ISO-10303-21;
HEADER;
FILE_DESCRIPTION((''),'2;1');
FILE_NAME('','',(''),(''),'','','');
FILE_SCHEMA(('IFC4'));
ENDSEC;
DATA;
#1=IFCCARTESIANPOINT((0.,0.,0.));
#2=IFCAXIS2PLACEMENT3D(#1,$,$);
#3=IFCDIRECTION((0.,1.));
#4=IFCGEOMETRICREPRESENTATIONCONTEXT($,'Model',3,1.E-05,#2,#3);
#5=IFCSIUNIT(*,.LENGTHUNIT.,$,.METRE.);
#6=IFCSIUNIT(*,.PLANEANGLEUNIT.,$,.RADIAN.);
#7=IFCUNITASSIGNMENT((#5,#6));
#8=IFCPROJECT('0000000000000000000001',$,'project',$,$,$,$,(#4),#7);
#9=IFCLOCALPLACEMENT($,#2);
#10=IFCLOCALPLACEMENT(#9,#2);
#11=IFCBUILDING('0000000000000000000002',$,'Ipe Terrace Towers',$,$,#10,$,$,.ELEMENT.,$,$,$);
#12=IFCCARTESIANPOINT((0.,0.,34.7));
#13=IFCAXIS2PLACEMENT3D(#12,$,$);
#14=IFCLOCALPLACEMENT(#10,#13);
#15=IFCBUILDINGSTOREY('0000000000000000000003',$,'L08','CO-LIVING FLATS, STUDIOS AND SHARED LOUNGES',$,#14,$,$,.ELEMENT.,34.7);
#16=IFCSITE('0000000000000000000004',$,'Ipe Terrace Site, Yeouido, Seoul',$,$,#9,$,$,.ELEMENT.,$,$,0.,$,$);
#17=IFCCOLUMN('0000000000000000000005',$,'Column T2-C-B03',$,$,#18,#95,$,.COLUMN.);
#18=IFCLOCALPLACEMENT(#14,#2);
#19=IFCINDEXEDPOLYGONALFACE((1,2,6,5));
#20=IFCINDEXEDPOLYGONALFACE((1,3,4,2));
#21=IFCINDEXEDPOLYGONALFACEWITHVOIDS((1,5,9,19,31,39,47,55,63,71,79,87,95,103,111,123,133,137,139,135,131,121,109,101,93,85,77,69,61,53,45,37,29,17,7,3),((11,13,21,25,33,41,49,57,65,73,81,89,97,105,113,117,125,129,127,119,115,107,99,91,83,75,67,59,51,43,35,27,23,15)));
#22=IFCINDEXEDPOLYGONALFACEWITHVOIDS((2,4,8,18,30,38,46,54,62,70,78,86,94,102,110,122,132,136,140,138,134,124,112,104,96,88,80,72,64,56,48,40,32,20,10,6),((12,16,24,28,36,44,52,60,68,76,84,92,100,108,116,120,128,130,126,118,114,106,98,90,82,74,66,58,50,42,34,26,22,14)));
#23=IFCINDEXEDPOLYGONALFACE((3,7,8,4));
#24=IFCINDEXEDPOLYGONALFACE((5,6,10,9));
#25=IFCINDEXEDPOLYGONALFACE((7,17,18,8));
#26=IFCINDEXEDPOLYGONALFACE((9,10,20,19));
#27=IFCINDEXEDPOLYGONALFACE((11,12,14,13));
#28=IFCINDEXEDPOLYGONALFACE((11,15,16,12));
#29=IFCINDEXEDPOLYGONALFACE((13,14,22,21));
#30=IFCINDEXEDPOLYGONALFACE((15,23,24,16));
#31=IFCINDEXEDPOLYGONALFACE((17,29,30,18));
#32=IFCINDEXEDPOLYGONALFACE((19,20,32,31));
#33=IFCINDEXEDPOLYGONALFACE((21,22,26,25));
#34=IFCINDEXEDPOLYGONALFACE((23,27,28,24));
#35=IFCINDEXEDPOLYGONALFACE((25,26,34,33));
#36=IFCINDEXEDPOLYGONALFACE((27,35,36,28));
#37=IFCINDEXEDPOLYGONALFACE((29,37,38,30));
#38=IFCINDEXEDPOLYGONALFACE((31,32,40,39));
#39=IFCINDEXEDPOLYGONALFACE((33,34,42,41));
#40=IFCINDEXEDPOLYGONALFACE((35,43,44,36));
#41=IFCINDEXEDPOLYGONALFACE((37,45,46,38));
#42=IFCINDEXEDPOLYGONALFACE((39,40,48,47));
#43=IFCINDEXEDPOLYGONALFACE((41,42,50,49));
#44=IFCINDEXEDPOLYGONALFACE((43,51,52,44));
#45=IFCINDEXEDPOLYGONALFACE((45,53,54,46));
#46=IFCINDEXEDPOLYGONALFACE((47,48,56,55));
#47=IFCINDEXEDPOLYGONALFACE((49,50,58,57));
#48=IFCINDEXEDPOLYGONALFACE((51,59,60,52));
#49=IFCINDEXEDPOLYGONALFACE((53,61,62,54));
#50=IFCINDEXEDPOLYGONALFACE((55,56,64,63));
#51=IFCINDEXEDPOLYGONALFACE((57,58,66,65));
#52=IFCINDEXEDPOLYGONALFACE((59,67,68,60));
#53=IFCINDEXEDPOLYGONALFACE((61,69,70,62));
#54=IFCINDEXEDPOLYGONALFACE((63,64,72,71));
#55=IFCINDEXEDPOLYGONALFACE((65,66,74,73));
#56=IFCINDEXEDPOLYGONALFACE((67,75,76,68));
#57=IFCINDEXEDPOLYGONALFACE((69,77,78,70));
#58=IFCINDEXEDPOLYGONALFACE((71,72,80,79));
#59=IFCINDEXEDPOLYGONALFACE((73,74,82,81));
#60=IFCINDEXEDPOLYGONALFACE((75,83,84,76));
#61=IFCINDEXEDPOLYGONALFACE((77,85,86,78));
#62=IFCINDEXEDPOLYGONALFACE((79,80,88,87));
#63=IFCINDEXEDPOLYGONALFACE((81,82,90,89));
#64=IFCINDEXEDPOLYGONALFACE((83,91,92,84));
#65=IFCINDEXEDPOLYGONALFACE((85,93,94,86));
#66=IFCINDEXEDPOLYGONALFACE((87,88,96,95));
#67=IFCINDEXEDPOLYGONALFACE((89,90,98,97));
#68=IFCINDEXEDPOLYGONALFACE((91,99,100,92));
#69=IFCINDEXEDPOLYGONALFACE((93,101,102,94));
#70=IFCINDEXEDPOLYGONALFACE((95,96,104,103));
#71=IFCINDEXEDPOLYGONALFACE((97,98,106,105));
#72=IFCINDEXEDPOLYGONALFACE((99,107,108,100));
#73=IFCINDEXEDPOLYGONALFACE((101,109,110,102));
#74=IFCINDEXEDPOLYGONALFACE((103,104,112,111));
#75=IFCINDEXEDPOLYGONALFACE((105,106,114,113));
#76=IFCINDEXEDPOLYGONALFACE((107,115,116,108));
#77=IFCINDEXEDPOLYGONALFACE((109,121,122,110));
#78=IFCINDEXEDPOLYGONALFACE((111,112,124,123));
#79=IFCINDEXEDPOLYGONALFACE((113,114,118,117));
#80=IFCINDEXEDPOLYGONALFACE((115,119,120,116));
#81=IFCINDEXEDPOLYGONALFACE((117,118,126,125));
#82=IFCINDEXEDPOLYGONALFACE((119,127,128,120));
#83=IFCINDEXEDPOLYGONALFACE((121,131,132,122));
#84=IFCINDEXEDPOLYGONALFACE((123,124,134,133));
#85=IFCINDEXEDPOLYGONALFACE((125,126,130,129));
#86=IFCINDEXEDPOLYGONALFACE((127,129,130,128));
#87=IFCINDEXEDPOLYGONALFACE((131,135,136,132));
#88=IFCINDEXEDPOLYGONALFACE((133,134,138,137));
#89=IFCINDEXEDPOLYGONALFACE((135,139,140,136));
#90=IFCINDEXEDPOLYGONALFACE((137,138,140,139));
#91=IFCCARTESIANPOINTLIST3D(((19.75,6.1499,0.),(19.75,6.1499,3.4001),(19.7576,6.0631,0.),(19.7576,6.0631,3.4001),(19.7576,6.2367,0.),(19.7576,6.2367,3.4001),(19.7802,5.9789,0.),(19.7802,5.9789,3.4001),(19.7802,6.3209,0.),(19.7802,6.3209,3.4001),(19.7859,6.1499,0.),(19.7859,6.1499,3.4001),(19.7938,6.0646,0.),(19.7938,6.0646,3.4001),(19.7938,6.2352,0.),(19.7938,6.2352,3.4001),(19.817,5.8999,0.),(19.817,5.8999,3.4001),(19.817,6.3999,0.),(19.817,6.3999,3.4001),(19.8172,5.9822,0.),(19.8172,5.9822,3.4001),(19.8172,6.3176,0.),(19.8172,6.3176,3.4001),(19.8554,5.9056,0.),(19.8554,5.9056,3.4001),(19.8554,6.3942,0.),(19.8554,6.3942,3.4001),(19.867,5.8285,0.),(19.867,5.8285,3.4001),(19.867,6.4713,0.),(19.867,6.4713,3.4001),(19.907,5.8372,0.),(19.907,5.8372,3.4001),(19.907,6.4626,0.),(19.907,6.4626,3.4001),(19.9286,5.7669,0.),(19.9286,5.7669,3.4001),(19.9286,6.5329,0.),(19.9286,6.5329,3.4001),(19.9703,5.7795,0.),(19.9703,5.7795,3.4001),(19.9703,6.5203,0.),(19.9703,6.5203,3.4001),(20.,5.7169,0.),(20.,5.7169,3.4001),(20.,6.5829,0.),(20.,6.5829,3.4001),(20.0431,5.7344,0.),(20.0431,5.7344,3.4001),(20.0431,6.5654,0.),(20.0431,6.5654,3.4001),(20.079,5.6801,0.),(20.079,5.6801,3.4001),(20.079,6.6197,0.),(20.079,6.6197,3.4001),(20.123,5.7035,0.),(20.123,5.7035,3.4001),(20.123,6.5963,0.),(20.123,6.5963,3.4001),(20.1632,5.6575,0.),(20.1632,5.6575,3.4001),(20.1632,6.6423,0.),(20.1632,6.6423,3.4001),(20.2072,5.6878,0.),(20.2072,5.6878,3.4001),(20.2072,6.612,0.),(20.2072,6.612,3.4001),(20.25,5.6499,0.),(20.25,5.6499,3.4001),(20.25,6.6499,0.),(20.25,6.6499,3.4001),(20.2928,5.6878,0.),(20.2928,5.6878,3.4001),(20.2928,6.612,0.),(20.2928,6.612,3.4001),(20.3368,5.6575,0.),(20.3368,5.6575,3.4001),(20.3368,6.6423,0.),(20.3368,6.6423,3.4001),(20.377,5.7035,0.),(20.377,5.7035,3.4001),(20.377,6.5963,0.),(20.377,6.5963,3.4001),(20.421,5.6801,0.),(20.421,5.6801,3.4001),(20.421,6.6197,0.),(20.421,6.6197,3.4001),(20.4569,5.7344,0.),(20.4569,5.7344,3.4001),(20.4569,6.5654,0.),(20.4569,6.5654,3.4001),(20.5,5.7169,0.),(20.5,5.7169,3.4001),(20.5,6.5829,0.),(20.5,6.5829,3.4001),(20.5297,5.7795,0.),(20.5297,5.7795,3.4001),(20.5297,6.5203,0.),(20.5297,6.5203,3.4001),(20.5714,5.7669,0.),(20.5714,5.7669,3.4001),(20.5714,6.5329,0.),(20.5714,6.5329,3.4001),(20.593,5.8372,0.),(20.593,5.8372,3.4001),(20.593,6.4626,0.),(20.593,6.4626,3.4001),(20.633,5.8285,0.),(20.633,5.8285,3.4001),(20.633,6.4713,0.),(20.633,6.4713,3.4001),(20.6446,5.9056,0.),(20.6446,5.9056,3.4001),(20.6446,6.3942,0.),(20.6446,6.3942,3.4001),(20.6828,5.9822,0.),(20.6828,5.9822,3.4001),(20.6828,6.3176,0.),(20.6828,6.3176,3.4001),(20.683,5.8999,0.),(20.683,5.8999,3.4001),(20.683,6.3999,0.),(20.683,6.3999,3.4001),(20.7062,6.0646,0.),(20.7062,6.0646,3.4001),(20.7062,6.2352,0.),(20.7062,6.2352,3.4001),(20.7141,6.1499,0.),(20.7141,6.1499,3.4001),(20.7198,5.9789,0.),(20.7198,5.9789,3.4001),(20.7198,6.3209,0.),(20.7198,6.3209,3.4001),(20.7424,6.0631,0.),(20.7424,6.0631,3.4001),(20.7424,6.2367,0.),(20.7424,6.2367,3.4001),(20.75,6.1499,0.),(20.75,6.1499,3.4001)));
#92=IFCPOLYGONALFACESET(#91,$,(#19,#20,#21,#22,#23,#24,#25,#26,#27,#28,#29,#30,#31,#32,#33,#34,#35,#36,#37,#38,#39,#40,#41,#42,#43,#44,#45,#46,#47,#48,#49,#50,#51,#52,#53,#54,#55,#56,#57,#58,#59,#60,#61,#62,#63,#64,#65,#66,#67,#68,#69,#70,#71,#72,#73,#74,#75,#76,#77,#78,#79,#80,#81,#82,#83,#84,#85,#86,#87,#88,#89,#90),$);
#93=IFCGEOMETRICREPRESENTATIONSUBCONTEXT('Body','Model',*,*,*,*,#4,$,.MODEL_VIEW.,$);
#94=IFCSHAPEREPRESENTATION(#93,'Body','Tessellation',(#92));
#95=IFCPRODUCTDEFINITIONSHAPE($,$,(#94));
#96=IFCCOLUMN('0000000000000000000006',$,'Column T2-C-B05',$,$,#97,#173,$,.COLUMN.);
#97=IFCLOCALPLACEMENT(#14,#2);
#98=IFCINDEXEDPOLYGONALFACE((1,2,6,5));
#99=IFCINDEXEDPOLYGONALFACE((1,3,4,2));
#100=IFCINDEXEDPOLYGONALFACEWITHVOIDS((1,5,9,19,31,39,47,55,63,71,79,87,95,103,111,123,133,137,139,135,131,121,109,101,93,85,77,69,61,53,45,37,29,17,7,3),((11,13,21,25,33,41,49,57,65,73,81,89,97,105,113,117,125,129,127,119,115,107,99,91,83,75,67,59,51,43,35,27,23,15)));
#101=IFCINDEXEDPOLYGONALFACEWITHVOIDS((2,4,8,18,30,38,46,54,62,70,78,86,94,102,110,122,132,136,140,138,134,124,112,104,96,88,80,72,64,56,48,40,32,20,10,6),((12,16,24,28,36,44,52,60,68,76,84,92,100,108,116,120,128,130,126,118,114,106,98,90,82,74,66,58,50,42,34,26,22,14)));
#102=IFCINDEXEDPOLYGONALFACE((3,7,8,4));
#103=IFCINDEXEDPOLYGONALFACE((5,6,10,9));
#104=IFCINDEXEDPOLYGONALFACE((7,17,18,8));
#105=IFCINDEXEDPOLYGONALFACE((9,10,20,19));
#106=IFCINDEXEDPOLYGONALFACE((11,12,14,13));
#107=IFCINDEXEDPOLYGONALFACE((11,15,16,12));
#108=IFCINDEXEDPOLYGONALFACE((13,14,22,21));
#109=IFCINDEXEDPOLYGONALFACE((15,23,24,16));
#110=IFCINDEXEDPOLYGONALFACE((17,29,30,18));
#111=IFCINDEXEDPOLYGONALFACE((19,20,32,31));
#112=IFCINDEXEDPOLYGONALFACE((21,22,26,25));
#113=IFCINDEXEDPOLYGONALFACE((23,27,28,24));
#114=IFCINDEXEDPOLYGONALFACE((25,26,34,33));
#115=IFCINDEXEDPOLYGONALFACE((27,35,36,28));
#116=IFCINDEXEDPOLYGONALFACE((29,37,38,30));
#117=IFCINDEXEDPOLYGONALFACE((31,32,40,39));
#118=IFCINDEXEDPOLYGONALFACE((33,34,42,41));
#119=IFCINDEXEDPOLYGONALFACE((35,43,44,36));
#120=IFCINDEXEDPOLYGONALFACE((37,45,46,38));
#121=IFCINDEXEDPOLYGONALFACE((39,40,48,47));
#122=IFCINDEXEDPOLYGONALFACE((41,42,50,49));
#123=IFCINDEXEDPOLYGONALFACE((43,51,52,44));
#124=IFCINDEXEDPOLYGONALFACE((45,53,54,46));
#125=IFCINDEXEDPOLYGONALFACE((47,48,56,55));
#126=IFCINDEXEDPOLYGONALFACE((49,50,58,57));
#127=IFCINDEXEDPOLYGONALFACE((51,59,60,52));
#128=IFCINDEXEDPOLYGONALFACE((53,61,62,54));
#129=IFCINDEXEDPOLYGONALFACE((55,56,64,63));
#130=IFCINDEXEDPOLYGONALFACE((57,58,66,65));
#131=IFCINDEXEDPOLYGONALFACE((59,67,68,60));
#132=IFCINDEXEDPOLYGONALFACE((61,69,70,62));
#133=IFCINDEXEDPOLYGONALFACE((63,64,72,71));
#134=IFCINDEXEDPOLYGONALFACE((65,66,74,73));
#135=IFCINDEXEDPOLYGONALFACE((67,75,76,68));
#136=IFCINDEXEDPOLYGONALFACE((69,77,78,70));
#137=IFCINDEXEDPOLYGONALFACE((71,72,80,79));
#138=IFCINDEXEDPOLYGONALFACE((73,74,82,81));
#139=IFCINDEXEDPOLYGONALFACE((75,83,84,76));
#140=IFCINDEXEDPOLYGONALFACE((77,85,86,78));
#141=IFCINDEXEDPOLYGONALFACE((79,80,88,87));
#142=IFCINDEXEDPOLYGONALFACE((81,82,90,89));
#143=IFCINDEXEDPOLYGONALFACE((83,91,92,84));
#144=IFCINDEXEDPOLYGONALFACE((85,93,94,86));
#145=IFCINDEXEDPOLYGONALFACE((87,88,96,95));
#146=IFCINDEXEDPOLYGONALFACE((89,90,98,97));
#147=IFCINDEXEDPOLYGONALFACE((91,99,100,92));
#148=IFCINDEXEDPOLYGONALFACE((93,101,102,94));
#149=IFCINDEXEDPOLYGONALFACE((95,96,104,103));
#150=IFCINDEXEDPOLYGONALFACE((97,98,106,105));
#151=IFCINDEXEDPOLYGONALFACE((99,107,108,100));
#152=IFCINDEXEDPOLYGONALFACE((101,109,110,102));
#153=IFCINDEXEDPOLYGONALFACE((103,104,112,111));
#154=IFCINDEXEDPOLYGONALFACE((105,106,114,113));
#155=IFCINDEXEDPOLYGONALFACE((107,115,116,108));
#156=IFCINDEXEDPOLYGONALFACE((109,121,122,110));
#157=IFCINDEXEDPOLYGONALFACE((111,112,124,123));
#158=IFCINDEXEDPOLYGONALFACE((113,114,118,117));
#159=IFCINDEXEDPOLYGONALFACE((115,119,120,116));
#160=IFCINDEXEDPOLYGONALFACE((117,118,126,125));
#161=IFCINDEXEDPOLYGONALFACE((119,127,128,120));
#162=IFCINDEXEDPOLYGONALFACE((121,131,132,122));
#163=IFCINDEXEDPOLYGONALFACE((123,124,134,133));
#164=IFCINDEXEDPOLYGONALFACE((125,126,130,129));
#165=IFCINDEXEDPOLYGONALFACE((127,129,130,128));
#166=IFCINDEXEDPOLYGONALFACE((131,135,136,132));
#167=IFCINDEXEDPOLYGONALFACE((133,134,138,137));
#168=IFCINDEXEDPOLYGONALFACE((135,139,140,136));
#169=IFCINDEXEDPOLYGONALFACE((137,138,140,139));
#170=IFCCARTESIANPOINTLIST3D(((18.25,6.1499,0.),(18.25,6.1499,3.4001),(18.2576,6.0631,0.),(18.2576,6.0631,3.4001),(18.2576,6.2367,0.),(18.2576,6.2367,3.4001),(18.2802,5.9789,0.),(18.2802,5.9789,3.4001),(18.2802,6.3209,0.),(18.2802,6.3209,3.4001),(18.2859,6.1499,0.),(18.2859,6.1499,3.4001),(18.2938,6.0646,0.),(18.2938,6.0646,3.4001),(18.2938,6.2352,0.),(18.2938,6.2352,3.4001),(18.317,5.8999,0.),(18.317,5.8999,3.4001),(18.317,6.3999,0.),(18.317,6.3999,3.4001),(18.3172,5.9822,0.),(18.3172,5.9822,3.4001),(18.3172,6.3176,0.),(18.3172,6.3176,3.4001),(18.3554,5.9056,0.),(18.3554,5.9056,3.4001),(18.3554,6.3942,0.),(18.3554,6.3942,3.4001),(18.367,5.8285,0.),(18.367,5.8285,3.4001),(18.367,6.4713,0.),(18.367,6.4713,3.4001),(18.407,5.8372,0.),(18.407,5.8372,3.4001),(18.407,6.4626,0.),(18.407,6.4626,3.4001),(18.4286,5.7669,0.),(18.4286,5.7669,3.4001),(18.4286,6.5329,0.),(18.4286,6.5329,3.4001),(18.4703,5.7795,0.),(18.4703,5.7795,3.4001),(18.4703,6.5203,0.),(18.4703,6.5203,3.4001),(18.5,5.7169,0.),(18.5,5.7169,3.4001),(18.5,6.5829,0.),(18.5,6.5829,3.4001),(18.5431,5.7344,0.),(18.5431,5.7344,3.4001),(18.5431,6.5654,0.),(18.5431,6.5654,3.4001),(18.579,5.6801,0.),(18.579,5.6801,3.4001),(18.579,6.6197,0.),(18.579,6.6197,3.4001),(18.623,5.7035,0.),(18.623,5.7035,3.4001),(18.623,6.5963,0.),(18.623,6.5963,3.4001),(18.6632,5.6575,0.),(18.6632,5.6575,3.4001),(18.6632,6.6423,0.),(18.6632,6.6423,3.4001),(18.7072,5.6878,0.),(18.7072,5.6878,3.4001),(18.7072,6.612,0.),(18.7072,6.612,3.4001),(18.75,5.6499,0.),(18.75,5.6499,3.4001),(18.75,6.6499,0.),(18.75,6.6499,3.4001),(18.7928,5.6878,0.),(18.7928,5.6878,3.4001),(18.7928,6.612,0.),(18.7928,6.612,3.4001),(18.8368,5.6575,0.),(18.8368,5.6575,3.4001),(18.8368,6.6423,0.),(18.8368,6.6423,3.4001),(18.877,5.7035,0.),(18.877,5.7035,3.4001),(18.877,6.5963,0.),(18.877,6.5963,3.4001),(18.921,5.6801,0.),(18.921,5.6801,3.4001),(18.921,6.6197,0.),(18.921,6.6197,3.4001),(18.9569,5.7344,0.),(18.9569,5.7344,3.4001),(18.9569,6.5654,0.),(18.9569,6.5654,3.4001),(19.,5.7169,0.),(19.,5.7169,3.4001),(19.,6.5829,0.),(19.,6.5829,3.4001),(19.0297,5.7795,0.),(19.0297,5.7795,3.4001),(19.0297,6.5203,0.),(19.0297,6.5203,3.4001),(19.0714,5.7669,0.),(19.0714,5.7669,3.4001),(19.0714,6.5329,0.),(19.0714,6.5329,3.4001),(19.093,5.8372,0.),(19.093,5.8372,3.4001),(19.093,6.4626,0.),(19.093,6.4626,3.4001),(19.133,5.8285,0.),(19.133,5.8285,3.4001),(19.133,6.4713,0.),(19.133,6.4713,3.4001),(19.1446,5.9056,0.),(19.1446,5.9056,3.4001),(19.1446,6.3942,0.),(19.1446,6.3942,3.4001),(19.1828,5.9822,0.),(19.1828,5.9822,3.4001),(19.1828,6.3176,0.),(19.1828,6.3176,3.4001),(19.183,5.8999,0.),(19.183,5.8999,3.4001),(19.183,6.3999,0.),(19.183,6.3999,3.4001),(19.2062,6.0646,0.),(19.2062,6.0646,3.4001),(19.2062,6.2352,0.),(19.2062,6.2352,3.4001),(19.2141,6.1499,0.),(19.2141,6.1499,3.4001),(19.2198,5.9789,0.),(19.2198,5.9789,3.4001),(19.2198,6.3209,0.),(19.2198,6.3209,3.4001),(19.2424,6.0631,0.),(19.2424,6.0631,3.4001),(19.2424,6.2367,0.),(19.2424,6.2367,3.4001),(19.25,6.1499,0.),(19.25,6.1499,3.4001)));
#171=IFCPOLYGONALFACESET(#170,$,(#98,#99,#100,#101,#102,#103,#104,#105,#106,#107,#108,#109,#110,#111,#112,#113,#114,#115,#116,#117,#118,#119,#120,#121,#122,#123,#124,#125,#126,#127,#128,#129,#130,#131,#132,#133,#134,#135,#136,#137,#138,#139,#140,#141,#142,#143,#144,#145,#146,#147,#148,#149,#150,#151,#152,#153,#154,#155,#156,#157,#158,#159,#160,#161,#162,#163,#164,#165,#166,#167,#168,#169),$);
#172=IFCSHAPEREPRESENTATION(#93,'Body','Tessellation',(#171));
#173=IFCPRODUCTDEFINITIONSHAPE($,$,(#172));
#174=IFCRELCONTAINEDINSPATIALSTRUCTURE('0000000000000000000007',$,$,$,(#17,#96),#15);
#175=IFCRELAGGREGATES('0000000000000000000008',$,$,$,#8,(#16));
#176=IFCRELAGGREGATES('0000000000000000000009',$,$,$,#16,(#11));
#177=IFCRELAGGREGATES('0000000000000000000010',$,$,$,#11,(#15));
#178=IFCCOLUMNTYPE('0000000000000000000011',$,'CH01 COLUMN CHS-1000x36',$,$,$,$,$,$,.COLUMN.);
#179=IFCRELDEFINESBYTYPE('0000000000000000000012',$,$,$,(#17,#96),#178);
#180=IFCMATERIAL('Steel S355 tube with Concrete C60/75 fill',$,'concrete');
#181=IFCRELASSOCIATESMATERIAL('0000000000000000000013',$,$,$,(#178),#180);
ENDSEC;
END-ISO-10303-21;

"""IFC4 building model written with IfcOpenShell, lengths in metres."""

from ifc_helpers import new_model, si_unit, direction, frame, origin, origin_2d, place, context, subcontext, project, spatial, hollow_circle, extrude, material, material_profile, profile_set, type_object, element, save


model = new_model("IFC4")

# Units and contexts
model_context = context("Model", 3, precision=1e-05, world=origin(), true_north=direction((0.0, 1.0)))
body_context = subcontext(model_context, "Body", "Model", "MODEL_VIEW")
ifc_project = project(units=[si_unit("LENGTHUNIT", "METRE"), si_unit("PLANEANGLEUNIT", "RADIAN")], contexts=[model_context])

# Site, building, storey
site_placement = place(None, origin())
site = spatial("IfcSite", under=ifc_project, at=site_placement, Name="Ipe Terrace Site, Yeouido, Seoul", CompositionType="ELEMENT", RefElevation=0.0)
building_placement = place(site_placement, origin())
building = spatial("IfcBuilding", under=site, at=building_placement, Name="Ipe Terrace Towers", CompositionType="ELEMENT")
storey_placement = place(building_placement, frame((0.0, 0.0, 34.7)))
storey = spatial("IfcBuildingStorey", under=building, at=storey_placement, Name="L08", Description="CO-LIVING FLATS, STUDIOS AND SHARED LOUNGES", CompositionType="ELEMENT", Elevation=34.7)

# Columns
ifc_material_1 = material(Name="Steel S355 tube with Concrete C60/75 fill", Category="concrete")
ifc_material_profile_1 = material_profile(ifc_material_1, hollow_circle(Radius=0.5, WallThickness=0.0359, at=origin_2d()), Name="CHS-1000x36")
ifc_profile_set_1 = profile_set([ifc_material_profile_1], Name="Steel S355 tube with Concrete C60/75 fill")
column_type = type_object("IfcColumnType", Name="CH01 COLUMN CHS-1000x36", PredefinedType="COLUMN", material=ifc_profile_set_1)
for number, where, z_axis, x_axis, name in (
    (1, (20.25, 6.1499, 0.0), (0.0, 0.0, 1.0), (1.0, 0.0, 0.0), "Column T2-C-B03"),
    (2, (18.75, 6.1499, 0.0), (0.0, 0.0, 1.0), (1.0, 0.0, 0.0), "Column T2-C-B05"),
):
    element("IfcColumn", number, at=place(storey_placement, frame(where, z_axis=z_axis, x_axis=x_axis)), inside=storey, type_object=column_type, Name=name, PredefinedType="COLUMN", context=body_context, shape_type="SweptSolid", body=[
        extrude(hollow_circle(Radius=0.5, WallThickness=0.0359, at=origin_2d()), origin(), (0.0, 0.0, 1.0), 3.4001),
    ])

save(model, "model.ifc")
